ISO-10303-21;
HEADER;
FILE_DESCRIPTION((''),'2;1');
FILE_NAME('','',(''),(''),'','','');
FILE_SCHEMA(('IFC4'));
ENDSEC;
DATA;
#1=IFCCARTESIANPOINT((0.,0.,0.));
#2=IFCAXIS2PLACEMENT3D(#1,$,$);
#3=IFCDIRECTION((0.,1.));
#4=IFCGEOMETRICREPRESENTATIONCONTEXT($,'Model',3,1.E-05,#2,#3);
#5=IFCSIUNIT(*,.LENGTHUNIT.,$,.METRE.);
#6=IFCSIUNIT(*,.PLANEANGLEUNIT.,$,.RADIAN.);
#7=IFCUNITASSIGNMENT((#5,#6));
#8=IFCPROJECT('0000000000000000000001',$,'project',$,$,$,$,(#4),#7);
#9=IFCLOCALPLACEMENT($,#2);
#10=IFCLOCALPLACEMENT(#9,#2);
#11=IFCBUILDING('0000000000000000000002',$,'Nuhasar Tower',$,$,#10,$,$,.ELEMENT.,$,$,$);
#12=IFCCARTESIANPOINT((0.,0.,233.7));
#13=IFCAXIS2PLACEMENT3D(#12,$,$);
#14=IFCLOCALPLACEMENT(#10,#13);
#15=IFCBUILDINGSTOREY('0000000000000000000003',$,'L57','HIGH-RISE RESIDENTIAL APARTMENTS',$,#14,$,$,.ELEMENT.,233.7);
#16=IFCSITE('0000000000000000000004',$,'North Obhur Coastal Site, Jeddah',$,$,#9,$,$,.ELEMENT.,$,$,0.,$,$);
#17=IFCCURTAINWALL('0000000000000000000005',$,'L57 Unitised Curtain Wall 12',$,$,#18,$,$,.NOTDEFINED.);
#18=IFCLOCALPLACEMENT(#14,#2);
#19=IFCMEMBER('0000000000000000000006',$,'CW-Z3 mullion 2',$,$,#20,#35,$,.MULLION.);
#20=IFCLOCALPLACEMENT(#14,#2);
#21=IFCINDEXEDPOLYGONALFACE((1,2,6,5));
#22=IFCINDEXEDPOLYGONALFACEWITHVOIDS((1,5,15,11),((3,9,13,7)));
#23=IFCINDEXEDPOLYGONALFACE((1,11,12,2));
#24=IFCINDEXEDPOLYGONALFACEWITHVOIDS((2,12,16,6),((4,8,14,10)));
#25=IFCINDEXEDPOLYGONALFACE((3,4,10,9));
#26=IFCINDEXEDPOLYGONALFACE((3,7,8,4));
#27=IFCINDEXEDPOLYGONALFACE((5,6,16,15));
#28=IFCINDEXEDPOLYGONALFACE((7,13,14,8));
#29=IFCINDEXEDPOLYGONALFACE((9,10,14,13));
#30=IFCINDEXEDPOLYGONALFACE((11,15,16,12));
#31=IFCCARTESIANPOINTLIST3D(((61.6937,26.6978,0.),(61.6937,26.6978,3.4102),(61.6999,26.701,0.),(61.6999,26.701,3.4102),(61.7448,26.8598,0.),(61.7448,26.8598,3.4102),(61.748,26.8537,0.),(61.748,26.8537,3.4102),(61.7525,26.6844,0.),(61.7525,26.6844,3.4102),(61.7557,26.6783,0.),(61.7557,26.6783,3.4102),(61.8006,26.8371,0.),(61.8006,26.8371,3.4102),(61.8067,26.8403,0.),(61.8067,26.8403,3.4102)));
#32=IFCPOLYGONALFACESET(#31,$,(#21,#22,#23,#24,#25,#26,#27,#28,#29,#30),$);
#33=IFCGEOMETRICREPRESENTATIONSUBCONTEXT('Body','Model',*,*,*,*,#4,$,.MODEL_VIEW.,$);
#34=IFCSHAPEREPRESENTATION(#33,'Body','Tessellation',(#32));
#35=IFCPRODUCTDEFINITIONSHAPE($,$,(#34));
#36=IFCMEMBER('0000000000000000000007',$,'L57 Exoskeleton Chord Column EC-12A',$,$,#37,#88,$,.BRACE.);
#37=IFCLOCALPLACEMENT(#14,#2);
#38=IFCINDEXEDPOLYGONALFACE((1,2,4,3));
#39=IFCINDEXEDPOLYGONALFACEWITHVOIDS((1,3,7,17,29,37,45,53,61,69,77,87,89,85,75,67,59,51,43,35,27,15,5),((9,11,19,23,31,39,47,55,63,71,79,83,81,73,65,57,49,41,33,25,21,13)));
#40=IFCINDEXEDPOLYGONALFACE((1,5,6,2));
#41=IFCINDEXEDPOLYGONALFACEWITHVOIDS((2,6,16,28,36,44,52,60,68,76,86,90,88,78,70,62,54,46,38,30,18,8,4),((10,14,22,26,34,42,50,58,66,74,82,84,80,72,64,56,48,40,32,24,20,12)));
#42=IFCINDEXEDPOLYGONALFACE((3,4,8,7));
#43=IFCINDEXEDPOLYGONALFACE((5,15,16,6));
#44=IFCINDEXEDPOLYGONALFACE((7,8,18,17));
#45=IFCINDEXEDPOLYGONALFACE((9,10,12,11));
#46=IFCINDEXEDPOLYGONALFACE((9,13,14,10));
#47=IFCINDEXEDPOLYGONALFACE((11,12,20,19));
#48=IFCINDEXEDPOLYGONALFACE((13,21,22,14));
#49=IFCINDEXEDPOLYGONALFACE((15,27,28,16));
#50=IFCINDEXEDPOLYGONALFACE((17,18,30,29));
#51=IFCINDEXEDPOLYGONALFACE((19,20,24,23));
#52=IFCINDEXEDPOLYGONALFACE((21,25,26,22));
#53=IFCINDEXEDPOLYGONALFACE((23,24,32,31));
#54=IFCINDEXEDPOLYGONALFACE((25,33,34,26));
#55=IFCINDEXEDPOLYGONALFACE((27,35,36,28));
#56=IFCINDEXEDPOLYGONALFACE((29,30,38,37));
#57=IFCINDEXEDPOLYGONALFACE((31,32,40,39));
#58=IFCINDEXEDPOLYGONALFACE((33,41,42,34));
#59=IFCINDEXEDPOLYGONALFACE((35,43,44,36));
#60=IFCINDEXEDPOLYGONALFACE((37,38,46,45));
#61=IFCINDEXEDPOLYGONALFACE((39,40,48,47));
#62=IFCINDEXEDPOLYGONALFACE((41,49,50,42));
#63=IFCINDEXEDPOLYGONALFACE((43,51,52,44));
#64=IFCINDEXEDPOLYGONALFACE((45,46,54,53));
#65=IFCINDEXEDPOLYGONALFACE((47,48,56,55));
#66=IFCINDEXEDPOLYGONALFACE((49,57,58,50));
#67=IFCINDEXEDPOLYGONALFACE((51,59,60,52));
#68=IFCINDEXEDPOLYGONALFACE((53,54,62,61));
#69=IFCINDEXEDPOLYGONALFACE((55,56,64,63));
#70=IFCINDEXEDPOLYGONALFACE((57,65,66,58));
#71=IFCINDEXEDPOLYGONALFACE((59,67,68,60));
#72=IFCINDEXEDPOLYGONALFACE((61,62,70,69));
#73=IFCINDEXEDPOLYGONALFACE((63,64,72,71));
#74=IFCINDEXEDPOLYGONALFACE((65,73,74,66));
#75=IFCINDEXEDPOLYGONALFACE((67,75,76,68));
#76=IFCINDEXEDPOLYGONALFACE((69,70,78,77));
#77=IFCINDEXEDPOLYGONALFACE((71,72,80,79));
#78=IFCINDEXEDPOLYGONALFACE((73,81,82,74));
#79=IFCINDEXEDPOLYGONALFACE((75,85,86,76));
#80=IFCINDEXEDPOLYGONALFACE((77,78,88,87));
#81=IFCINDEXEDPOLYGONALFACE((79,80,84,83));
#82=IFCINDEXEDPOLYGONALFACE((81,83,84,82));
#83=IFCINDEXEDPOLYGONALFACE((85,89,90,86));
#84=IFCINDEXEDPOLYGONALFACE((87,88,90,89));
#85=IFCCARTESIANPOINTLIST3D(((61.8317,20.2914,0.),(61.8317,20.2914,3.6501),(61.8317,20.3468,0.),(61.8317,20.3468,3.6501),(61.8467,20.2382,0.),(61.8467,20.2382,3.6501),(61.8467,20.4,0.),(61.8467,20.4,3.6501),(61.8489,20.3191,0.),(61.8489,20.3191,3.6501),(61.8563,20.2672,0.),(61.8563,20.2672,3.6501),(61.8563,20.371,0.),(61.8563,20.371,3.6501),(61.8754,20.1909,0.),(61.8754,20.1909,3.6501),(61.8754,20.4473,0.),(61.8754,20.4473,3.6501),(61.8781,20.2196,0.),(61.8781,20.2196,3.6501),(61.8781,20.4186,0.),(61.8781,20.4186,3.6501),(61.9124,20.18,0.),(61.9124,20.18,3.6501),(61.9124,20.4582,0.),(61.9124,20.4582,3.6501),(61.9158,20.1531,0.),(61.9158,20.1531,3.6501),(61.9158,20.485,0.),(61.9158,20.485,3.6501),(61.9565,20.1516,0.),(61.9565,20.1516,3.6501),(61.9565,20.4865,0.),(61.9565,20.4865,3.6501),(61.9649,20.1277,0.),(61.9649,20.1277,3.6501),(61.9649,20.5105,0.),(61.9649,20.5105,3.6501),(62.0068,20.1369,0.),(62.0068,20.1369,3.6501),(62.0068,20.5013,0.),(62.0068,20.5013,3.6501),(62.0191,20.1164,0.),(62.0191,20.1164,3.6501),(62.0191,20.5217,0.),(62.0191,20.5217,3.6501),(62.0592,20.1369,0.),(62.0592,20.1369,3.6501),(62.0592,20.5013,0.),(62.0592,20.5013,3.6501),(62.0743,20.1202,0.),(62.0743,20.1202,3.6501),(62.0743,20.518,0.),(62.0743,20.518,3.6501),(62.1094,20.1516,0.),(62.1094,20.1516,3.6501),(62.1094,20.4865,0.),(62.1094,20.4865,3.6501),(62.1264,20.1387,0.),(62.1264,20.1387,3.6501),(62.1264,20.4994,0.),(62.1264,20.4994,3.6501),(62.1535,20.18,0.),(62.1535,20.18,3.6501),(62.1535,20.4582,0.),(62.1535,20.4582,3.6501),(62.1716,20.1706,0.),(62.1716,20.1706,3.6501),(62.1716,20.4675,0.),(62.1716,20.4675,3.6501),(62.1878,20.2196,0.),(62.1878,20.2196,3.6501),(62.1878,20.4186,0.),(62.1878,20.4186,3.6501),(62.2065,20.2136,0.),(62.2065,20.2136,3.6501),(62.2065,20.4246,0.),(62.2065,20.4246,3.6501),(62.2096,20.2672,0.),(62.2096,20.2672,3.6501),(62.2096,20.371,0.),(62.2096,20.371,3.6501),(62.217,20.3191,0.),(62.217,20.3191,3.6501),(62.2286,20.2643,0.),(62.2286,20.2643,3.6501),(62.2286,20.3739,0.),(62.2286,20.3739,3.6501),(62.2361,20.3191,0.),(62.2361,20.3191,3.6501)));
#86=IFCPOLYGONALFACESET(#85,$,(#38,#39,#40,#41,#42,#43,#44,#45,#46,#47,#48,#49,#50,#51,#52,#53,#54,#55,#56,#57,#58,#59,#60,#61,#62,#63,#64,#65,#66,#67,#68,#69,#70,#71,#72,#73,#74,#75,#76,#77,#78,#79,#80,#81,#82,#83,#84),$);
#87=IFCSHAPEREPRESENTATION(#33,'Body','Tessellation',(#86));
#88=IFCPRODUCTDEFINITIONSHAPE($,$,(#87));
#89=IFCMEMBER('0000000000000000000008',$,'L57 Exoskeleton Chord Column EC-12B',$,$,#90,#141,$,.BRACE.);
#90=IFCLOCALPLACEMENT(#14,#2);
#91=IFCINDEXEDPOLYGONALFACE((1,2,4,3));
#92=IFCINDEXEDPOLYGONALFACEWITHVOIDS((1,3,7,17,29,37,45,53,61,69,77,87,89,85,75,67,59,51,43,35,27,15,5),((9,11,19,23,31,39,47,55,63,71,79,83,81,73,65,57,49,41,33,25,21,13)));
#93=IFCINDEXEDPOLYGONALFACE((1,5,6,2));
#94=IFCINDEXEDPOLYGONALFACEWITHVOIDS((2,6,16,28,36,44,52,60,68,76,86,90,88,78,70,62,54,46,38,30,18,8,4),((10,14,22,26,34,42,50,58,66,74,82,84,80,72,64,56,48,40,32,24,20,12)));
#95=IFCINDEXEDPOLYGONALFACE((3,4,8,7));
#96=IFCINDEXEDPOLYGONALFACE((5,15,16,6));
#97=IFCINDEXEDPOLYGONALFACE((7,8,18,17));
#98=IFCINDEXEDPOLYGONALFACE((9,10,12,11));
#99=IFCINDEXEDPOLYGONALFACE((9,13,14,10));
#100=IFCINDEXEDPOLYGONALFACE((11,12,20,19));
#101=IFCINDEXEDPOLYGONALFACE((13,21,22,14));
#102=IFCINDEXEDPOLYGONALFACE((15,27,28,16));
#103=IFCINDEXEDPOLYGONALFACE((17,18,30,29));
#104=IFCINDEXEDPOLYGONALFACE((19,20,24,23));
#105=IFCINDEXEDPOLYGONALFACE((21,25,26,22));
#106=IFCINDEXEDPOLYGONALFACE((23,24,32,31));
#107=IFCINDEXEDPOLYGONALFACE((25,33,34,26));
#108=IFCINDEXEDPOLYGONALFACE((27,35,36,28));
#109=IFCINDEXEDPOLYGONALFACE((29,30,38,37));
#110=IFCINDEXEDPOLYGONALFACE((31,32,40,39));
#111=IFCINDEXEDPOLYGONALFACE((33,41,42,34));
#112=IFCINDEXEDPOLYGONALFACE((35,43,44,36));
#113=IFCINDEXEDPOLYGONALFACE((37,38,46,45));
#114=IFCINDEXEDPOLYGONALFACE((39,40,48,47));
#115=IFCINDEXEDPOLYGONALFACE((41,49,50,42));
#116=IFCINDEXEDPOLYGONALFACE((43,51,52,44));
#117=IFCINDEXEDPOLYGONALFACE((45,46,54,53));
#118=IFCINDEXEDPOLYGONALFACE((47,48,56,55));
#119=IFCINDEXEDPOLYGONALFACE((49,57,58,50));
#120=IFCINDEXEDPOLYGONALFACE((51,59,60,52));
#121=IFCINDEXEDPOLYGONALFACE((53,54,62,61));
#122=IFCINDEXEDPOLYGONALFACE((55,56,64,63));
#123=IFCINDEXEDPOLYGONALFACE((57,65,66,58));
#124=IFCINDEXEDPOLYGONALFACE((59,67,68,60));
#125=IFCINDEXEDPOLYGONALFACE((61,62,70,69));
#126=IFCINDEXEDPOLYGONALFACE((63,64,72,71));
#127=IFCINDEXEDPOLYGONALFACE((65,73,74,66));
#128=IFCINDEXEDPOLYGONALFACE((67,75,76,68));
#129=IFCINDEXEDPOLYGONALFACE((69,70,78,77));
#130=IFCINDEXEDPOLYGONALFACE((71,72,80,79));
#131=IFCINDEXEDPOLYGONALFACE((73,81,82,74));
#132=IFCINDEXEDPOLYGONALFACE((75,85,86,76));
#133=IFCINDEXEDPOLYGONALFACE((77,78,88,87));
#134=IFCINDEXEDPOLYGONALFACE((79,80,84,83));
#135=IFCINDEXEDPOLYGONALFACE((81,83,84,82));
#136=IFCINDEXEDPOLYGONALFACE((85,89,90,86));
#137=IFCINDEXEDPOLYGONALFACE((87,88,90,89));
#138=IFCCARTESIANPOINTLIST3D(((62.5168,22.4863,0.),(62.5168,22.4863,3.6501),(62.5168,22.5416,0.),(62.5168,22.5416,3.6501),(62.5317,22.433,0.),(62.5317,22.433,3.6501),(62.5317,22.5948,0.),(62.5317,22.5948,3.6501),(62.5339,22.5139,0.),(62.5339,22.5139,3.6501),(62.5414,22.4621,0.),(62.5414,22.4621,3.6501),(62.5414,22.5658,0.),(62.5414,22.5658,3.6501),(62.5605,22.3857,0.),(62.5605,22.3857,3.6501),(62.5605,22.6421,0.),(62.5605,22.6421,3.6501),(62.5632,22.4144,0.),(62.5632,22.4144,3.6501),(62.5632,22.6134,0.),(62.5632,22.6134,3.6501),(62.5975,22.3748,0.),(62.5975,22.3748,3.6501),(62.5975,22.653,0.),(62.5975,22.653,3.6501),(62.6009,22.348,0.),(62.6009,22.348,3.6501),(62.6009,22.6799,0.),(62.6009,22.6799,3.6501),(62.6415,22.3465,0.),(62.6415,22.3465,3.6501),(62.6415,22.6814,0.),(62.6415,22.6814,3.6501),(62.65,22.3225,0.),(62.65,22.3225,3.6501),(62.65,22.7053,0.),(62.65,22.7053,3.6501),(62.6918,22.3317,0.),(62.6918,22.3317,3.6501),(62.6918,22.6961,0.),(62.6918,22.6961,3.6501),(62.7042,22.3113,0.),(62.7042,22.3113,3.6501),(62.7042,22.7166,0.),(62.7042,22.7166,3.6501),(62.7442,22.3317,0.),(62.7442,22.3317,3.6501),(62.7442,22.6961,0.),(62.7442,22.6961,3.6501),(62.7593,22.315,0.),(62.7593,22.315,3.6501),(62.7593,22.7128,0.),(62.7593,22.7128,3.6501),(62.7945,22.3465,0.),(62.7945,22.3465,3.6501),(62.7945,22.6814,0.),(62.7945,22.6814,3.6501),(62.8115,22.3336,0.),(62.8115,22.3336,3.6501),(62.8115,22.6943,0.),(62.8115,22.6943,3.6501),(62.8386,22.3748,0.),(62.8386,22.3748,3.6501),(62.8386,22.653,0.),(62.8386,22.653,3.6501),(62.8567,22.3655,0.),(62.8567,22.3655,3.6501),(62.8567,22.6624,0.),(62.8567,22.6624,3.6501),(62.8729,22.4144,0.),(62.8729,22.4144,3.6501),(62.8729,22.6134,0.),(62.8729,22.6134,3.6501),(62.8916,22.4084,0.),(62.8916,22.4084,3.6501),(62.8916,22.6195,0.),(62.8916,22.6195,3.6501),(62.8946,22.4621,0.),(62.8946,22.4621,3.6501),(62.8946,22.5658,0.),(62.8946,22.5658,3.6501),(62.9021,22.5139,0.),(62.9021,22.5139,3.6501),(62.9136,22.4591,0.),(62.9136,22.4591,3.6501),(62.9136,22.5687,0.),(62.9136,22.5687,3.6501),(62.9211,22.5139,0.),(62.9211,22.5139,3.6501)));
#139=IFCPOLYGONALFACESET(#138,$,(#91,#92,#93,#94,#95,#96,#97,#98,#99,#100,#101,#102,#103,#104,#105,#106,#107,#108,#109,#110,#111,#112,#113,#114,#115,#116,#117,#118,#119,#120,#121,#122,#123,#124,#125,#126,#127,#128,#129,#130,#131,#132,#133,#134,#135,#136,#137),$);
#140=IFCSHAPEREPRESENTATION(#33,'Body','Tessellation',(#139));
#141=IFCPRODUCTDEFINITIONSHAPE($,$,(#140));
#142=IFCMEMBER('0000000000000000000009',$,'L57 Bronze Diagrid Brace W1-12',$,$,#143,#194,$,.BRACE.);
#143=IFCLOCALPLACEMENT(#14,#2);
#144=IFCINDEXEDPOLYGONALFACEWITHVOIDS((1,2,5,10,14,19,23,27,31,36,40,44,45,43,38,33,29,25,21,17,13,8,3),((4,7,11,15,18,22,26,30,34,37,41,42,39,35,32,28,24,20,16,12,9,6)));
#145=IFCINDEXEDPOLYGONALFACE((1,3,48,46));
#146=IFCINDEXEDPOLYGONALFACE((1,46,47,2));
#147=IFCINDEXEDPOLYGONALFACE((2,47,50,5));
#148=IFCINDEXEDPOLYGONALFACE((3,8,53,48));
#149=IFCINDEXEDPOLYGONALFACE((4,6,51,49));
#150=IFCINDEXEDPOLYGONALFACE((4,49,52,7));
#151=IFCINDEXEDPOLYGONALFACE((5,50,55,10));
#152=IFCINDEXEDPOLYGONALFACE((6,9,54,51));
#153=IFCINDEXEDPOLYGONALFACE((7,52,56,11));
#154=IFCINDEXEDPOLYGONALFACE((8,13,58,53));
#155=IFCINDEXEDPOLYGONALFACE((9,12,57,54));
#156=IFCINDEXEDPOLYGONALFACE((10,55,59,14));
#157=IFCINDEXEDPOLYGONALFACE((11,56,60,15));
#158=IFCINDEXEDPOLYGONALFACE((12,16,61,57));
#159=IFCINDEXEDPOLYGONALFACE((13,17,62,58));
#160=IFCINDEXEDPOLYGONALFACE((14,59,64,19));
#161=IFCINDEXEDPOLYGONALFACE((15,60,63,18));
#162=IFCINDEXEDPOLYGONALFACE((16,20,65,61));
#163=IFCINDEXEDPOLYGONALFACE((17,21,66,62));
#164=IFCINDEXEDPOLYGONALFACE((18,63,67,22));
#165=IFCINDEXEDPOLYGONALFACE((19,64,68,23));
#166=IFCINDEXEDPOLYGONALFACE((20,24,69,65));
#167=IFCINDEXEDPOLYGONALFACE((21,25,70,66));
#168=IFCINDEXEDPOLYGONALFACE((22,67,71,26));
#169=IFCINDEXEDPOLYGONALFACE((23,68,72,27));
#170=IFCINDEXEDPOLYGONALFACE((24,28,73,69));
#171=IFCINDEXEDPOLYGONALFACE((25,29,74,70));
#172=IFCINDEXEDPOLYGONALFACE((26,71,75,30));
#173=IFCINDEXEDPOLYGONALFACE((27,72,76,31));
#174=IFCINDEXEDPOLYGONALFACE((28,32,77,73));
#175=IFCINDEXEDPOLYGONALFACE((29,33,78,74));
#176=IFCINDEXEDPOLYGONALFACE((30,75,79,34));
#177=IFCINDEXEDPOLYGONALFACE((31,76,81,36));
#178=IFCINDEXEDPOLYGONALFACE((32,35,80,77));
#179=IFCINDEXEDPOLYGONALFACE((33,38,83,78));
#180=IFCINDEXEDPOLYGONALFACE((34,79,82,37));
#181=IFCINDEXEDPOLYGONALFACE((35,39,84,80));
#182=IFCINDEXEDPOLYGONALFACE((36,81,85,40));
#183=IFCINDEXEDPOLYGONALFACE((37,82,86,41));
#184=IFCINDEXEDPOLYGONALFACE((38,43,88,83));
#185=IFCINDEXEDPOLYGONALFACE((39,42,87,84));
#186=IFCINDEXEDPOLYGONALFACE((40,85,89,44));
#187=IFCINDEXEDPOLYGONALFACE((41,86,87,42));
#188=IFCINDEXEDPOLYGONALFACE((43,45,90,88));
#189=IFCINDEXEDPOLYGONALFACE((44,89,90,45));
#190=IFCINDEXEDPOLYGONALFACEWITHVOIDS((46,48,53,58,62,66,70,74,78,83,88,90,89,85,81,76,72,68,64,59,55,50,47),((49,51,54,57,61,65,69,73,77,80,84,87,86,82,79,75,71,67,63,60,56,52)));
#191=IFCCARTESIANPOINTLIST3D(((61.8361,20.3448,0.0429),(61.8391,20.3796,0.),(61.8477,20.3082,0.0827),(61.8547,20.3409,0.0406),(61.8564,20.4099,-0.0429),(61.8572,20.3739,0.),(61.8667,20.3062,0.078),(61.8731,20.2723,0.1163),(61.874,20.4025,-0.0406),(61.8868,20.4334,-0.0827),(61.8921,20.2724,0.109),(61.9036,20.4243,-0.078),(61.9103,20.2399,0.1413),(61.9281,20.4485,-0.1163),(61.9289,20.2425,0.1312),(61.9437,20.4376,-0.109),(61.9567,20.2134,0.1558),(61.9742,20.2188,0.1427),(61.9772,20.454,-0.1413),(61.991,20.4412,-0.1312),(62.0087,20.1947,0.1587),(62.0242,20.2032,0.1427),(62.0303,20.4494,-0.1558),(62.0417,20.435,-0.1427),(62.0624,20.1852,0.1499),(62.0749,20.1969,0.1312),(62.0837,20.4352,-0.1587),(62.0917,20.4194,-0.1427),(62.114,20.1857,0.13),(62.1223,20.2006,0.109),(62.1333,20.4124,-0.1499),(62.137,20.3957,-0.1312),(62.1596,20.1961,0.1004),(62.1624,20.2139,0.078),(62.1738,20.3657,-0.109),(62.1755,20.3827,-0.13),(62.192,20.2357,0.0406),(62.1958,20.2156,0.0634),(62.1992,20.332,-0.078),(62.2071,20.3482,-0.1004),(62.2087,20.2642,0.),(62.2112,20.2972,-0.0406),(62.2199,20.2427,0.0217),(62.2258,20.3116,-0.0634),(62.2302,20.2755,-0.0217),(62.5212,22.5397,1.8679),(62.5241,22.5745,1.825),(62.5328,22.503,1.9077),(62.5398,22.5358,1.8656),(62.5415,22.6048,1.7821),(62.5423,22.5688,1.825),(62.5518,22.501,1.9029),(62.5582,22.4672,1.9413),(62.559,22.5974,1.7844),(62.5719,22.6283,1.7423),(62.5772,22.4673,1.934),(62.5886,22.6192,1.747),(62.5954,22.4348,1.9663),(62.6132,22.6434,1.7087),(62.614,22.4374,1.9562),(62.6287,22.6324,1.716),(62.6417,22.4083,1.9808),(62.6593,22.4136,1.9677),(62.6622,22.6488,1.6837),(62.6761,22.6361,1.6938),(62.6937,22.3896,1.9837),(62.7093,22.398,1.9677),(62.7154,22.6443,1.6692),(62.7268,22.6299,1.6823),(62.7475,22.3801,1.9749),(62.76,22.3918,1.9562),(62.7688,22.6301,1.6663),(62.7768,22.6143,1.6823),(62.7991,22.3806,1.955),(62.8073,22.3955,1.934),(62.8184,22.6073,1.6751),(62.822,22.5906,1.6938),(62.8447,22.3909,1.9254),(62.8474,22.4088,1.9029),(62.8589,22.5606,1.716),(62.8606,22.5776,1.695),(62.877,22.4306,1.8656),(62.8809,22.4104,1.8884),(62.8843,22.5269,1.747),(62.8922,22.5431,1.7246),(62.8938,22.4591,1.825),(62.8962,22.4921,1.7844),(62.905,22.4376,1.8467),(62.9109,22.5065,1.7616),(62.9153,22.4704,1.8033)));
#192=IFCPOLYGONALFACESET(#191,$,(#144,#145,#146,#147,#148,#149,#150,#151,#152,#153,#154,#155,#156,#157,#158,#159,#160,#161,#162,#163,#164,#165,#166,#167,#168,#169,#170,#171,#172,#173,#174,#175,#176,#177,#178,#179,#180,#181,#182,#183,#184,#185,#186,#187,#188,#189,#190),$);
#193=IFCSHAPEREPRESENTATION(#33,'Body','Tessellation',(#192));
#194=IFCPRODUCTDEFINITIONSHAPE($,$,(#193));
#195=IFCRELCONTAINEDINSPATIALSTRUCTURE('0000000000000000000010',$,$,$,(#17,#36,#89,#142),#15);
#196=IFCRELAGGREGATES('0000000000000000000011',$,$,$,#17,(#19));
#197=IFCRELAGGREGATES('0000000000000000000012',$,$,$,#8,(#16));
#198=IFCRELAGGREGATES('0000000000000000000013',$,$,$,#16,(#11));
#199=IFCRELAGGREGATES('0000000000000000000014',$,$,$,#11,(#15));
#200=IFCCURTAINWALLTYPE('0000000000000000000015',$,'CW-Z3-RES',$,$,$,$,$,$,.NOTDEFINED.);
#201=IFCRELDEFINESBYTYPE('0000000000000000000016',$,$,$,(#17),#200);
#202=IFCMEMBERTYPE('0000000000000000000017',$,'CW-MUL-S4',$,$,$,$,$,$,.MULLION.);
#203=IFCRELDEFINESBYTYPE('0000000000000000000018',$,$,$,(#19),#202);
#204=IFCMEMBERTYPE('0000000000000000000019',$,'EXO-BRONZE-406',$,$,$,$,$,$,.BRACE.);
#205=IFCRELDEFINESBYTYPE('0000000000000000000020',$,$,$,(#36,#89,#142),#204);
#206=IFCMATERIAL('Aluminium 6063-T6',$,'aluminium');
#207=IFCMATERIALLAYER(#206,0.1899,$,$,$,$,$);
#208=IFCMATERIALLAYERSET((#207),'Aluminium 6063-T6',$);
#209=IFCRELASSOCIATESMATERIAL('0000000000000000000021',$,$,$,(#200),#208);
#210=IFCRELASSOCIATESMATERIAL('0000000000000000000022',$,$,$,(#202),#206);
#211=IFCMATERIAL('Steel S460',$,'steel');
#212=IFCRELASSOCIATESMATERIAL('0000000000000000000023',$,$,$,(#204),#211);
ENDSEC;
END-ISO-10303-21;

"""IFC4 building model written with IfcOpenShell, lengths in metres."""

from ifc_helpers import new_model, si_unit, direction, frame, origin, origin_2d, place, context, subcontext, project, spatial, hollow_rectangle, hollow_circle, extrude, material, layer, layer_set, material_profile, profile_set, type_object, element, aggregate, save


model = new_model("IFC4")

# Units and contexts
model_context = context("Model", 3, precision=1e-05, world=origin(), true_north=direction((0.0, 1.0)))
body_context = subcontext(model_context, "Body", "Model", "MODEL_VIEW")
ifc_project = project(units=[si_unit("LENGTHUNIT", "METRE"), si_unit("PLANEANGLEUNIT", "RADIAN")], contexts=[model_context])

# Site, building, storey
site_placement = place(None, origin())
site = spatial("IfcSite", under=ifc_project, at=site_placement, Name="North Obhur Coastal Site, Jeddah", CompositionType="ELEMENT", RefElevation=0.0)
building_placement = place(site_placement, origin())
building = spatial("IfcBuilding", under=site, at=building_placement, Name="Nuhasar Tower", CompositionType="ELEMENT")
storey_placement = place(building_placement, frame((0.0, 0.0, 233.7)))
storey = spatial("IfcBuildingStorey", under=building, at=storey_placement, Name="L57", Description="HIGH-RISE RESIDENTIAL APARTMENTS", CompositionType="ELEMENT", Elevation=233.7)

# Curtain wall, member
ifc_material_1 = material(Name="Aluminium 6063-T6", Category="aluminium")
ifc_layer_1 = layer(ifc_material_1, 0.1899)
ifc_layer_set_1 = layer_set([ifc_layer_1], Name="Aluminium 6063-T6")
curtain_wall_type = type_object("IfcCurtainWallType", Name="CW-Z3-RES", PredefinedType="NOTDEFINED", material=ifc_layer_set_1)
curtain_wall_placement = place(storey_placement, origin())
curtain_wall = element("IfcCurtainWall", 1, at=curtain_wall_placement, inside=storey, type_object=curtain_wall_type, Name="L57 Unitised Curtain Wall 12", PredefinedType="NOTDEFINED")
ifc_material_profile_1 = material_profile(ifc_material_1, hollow_rectangle(XDim=0.0649, YDim=0.1699, WallThickness=0.0049, at=origin_2d()), Name="CWM-4")
ifc_profile_set_1 = profile_set([ifc_material_profile_1], Name="Aluminium 6063-T6")
member_type_1 = type_object("IfcMemberType", Name="CW-MUL-S4", PredefinedType="MULLION", material=ifc_profile_set_1)
member_placement = place(storey_placement, frame((61.7502, 26.769, 0.0), z_axis=(0.0, 0.0, 1.0), x_axis=(-0.953804, 0.300429, 0.0)))
member = element("IfcMember", 2, at=member_placement, type_object=member_type_1, Name="CW-Z3 mullion 2", PredefinedType="MULLION", context=body_context, shape_type="SweptSolid", body=[
    extrude(hollow_rectangle(XDim=0.0649, YDim=0.1699, WallThickness=0.0049, at=origin_2d()), origin(), (0.0, 0.0, 1.0), 3.4102),
])

# Members
ifc_material_2 = material(Name="Steel S460", Category="steel")
ifc_material_profile_2 = material_profile(ifc_material_2, hollow_circle(Radius=0.2031, WallThickness=0.019, at=origin_2d()), Name="HSS406.4X19.1")
ifc_profile_set_2 = profile_set([ifc_material_profile_2], Name="Steel S460")
member_type_2 = type_object("IfcMemberType", Name="EXO-BRONZE-406", PredefinedType="BRACE", material=ifc_profile_set_2)
for number, where, z_axis, x_axis, name in (
    (3, (62.033, 20.3191, 0.0), (0.0, 0.0, 1.0), (1.0, 0.0, 0.0), "L57 Exoskeleton Chord Column EC-12A"),
    (4, (62.718, 22.5139, 0.0), (0.0, 0.0, 1.0), (1.0, 0.0, 0.0), "L57 Exoskeleton Chord Column EC-12B"),
):
    element("IfcMember", number, at=place(storey_placement, frame(where, z_axis=z_axis, x_axis=x_axis)), inside=storey, type_object=member_type_2, Name=name, PredefinedType="BRACE", context=body_context, shape_type="SweptSolid", body=[
        extrude(hollow_circle(Radius=0.2031, WallThickness=0.019, at=origin_2d()), origin(), (0.0, 0.0, 1.0), 3.6501),
    ])
for number, where, z_axis, x_axis, name in (
    (5, (62.033, 20.3191, 0.0), (0.233372, 0.74769, 0.621689), (-0.954582, 0.297948, 0.0), "L57 Bronze Diagrid Brace W1-12"),
):
    element("IfcMember", number, at=place(storey_placement, frame(where, z_axis=z_axis, x_axis=x_axis)), inside=storey, type_object=member_type_2, Name=name, PredefinedType="BRACE", context=body_context, shape_type="SweptSolid", body=[
        extrude(hollow_circle(Radius=0.2031, WallThickness=0.019, at=origin_2d()), origin(), (0.0, 0.0, 1.0), 2.9355),
    ])

aggregate(curtain_wall, [member])

save(model, "model.ifc")
